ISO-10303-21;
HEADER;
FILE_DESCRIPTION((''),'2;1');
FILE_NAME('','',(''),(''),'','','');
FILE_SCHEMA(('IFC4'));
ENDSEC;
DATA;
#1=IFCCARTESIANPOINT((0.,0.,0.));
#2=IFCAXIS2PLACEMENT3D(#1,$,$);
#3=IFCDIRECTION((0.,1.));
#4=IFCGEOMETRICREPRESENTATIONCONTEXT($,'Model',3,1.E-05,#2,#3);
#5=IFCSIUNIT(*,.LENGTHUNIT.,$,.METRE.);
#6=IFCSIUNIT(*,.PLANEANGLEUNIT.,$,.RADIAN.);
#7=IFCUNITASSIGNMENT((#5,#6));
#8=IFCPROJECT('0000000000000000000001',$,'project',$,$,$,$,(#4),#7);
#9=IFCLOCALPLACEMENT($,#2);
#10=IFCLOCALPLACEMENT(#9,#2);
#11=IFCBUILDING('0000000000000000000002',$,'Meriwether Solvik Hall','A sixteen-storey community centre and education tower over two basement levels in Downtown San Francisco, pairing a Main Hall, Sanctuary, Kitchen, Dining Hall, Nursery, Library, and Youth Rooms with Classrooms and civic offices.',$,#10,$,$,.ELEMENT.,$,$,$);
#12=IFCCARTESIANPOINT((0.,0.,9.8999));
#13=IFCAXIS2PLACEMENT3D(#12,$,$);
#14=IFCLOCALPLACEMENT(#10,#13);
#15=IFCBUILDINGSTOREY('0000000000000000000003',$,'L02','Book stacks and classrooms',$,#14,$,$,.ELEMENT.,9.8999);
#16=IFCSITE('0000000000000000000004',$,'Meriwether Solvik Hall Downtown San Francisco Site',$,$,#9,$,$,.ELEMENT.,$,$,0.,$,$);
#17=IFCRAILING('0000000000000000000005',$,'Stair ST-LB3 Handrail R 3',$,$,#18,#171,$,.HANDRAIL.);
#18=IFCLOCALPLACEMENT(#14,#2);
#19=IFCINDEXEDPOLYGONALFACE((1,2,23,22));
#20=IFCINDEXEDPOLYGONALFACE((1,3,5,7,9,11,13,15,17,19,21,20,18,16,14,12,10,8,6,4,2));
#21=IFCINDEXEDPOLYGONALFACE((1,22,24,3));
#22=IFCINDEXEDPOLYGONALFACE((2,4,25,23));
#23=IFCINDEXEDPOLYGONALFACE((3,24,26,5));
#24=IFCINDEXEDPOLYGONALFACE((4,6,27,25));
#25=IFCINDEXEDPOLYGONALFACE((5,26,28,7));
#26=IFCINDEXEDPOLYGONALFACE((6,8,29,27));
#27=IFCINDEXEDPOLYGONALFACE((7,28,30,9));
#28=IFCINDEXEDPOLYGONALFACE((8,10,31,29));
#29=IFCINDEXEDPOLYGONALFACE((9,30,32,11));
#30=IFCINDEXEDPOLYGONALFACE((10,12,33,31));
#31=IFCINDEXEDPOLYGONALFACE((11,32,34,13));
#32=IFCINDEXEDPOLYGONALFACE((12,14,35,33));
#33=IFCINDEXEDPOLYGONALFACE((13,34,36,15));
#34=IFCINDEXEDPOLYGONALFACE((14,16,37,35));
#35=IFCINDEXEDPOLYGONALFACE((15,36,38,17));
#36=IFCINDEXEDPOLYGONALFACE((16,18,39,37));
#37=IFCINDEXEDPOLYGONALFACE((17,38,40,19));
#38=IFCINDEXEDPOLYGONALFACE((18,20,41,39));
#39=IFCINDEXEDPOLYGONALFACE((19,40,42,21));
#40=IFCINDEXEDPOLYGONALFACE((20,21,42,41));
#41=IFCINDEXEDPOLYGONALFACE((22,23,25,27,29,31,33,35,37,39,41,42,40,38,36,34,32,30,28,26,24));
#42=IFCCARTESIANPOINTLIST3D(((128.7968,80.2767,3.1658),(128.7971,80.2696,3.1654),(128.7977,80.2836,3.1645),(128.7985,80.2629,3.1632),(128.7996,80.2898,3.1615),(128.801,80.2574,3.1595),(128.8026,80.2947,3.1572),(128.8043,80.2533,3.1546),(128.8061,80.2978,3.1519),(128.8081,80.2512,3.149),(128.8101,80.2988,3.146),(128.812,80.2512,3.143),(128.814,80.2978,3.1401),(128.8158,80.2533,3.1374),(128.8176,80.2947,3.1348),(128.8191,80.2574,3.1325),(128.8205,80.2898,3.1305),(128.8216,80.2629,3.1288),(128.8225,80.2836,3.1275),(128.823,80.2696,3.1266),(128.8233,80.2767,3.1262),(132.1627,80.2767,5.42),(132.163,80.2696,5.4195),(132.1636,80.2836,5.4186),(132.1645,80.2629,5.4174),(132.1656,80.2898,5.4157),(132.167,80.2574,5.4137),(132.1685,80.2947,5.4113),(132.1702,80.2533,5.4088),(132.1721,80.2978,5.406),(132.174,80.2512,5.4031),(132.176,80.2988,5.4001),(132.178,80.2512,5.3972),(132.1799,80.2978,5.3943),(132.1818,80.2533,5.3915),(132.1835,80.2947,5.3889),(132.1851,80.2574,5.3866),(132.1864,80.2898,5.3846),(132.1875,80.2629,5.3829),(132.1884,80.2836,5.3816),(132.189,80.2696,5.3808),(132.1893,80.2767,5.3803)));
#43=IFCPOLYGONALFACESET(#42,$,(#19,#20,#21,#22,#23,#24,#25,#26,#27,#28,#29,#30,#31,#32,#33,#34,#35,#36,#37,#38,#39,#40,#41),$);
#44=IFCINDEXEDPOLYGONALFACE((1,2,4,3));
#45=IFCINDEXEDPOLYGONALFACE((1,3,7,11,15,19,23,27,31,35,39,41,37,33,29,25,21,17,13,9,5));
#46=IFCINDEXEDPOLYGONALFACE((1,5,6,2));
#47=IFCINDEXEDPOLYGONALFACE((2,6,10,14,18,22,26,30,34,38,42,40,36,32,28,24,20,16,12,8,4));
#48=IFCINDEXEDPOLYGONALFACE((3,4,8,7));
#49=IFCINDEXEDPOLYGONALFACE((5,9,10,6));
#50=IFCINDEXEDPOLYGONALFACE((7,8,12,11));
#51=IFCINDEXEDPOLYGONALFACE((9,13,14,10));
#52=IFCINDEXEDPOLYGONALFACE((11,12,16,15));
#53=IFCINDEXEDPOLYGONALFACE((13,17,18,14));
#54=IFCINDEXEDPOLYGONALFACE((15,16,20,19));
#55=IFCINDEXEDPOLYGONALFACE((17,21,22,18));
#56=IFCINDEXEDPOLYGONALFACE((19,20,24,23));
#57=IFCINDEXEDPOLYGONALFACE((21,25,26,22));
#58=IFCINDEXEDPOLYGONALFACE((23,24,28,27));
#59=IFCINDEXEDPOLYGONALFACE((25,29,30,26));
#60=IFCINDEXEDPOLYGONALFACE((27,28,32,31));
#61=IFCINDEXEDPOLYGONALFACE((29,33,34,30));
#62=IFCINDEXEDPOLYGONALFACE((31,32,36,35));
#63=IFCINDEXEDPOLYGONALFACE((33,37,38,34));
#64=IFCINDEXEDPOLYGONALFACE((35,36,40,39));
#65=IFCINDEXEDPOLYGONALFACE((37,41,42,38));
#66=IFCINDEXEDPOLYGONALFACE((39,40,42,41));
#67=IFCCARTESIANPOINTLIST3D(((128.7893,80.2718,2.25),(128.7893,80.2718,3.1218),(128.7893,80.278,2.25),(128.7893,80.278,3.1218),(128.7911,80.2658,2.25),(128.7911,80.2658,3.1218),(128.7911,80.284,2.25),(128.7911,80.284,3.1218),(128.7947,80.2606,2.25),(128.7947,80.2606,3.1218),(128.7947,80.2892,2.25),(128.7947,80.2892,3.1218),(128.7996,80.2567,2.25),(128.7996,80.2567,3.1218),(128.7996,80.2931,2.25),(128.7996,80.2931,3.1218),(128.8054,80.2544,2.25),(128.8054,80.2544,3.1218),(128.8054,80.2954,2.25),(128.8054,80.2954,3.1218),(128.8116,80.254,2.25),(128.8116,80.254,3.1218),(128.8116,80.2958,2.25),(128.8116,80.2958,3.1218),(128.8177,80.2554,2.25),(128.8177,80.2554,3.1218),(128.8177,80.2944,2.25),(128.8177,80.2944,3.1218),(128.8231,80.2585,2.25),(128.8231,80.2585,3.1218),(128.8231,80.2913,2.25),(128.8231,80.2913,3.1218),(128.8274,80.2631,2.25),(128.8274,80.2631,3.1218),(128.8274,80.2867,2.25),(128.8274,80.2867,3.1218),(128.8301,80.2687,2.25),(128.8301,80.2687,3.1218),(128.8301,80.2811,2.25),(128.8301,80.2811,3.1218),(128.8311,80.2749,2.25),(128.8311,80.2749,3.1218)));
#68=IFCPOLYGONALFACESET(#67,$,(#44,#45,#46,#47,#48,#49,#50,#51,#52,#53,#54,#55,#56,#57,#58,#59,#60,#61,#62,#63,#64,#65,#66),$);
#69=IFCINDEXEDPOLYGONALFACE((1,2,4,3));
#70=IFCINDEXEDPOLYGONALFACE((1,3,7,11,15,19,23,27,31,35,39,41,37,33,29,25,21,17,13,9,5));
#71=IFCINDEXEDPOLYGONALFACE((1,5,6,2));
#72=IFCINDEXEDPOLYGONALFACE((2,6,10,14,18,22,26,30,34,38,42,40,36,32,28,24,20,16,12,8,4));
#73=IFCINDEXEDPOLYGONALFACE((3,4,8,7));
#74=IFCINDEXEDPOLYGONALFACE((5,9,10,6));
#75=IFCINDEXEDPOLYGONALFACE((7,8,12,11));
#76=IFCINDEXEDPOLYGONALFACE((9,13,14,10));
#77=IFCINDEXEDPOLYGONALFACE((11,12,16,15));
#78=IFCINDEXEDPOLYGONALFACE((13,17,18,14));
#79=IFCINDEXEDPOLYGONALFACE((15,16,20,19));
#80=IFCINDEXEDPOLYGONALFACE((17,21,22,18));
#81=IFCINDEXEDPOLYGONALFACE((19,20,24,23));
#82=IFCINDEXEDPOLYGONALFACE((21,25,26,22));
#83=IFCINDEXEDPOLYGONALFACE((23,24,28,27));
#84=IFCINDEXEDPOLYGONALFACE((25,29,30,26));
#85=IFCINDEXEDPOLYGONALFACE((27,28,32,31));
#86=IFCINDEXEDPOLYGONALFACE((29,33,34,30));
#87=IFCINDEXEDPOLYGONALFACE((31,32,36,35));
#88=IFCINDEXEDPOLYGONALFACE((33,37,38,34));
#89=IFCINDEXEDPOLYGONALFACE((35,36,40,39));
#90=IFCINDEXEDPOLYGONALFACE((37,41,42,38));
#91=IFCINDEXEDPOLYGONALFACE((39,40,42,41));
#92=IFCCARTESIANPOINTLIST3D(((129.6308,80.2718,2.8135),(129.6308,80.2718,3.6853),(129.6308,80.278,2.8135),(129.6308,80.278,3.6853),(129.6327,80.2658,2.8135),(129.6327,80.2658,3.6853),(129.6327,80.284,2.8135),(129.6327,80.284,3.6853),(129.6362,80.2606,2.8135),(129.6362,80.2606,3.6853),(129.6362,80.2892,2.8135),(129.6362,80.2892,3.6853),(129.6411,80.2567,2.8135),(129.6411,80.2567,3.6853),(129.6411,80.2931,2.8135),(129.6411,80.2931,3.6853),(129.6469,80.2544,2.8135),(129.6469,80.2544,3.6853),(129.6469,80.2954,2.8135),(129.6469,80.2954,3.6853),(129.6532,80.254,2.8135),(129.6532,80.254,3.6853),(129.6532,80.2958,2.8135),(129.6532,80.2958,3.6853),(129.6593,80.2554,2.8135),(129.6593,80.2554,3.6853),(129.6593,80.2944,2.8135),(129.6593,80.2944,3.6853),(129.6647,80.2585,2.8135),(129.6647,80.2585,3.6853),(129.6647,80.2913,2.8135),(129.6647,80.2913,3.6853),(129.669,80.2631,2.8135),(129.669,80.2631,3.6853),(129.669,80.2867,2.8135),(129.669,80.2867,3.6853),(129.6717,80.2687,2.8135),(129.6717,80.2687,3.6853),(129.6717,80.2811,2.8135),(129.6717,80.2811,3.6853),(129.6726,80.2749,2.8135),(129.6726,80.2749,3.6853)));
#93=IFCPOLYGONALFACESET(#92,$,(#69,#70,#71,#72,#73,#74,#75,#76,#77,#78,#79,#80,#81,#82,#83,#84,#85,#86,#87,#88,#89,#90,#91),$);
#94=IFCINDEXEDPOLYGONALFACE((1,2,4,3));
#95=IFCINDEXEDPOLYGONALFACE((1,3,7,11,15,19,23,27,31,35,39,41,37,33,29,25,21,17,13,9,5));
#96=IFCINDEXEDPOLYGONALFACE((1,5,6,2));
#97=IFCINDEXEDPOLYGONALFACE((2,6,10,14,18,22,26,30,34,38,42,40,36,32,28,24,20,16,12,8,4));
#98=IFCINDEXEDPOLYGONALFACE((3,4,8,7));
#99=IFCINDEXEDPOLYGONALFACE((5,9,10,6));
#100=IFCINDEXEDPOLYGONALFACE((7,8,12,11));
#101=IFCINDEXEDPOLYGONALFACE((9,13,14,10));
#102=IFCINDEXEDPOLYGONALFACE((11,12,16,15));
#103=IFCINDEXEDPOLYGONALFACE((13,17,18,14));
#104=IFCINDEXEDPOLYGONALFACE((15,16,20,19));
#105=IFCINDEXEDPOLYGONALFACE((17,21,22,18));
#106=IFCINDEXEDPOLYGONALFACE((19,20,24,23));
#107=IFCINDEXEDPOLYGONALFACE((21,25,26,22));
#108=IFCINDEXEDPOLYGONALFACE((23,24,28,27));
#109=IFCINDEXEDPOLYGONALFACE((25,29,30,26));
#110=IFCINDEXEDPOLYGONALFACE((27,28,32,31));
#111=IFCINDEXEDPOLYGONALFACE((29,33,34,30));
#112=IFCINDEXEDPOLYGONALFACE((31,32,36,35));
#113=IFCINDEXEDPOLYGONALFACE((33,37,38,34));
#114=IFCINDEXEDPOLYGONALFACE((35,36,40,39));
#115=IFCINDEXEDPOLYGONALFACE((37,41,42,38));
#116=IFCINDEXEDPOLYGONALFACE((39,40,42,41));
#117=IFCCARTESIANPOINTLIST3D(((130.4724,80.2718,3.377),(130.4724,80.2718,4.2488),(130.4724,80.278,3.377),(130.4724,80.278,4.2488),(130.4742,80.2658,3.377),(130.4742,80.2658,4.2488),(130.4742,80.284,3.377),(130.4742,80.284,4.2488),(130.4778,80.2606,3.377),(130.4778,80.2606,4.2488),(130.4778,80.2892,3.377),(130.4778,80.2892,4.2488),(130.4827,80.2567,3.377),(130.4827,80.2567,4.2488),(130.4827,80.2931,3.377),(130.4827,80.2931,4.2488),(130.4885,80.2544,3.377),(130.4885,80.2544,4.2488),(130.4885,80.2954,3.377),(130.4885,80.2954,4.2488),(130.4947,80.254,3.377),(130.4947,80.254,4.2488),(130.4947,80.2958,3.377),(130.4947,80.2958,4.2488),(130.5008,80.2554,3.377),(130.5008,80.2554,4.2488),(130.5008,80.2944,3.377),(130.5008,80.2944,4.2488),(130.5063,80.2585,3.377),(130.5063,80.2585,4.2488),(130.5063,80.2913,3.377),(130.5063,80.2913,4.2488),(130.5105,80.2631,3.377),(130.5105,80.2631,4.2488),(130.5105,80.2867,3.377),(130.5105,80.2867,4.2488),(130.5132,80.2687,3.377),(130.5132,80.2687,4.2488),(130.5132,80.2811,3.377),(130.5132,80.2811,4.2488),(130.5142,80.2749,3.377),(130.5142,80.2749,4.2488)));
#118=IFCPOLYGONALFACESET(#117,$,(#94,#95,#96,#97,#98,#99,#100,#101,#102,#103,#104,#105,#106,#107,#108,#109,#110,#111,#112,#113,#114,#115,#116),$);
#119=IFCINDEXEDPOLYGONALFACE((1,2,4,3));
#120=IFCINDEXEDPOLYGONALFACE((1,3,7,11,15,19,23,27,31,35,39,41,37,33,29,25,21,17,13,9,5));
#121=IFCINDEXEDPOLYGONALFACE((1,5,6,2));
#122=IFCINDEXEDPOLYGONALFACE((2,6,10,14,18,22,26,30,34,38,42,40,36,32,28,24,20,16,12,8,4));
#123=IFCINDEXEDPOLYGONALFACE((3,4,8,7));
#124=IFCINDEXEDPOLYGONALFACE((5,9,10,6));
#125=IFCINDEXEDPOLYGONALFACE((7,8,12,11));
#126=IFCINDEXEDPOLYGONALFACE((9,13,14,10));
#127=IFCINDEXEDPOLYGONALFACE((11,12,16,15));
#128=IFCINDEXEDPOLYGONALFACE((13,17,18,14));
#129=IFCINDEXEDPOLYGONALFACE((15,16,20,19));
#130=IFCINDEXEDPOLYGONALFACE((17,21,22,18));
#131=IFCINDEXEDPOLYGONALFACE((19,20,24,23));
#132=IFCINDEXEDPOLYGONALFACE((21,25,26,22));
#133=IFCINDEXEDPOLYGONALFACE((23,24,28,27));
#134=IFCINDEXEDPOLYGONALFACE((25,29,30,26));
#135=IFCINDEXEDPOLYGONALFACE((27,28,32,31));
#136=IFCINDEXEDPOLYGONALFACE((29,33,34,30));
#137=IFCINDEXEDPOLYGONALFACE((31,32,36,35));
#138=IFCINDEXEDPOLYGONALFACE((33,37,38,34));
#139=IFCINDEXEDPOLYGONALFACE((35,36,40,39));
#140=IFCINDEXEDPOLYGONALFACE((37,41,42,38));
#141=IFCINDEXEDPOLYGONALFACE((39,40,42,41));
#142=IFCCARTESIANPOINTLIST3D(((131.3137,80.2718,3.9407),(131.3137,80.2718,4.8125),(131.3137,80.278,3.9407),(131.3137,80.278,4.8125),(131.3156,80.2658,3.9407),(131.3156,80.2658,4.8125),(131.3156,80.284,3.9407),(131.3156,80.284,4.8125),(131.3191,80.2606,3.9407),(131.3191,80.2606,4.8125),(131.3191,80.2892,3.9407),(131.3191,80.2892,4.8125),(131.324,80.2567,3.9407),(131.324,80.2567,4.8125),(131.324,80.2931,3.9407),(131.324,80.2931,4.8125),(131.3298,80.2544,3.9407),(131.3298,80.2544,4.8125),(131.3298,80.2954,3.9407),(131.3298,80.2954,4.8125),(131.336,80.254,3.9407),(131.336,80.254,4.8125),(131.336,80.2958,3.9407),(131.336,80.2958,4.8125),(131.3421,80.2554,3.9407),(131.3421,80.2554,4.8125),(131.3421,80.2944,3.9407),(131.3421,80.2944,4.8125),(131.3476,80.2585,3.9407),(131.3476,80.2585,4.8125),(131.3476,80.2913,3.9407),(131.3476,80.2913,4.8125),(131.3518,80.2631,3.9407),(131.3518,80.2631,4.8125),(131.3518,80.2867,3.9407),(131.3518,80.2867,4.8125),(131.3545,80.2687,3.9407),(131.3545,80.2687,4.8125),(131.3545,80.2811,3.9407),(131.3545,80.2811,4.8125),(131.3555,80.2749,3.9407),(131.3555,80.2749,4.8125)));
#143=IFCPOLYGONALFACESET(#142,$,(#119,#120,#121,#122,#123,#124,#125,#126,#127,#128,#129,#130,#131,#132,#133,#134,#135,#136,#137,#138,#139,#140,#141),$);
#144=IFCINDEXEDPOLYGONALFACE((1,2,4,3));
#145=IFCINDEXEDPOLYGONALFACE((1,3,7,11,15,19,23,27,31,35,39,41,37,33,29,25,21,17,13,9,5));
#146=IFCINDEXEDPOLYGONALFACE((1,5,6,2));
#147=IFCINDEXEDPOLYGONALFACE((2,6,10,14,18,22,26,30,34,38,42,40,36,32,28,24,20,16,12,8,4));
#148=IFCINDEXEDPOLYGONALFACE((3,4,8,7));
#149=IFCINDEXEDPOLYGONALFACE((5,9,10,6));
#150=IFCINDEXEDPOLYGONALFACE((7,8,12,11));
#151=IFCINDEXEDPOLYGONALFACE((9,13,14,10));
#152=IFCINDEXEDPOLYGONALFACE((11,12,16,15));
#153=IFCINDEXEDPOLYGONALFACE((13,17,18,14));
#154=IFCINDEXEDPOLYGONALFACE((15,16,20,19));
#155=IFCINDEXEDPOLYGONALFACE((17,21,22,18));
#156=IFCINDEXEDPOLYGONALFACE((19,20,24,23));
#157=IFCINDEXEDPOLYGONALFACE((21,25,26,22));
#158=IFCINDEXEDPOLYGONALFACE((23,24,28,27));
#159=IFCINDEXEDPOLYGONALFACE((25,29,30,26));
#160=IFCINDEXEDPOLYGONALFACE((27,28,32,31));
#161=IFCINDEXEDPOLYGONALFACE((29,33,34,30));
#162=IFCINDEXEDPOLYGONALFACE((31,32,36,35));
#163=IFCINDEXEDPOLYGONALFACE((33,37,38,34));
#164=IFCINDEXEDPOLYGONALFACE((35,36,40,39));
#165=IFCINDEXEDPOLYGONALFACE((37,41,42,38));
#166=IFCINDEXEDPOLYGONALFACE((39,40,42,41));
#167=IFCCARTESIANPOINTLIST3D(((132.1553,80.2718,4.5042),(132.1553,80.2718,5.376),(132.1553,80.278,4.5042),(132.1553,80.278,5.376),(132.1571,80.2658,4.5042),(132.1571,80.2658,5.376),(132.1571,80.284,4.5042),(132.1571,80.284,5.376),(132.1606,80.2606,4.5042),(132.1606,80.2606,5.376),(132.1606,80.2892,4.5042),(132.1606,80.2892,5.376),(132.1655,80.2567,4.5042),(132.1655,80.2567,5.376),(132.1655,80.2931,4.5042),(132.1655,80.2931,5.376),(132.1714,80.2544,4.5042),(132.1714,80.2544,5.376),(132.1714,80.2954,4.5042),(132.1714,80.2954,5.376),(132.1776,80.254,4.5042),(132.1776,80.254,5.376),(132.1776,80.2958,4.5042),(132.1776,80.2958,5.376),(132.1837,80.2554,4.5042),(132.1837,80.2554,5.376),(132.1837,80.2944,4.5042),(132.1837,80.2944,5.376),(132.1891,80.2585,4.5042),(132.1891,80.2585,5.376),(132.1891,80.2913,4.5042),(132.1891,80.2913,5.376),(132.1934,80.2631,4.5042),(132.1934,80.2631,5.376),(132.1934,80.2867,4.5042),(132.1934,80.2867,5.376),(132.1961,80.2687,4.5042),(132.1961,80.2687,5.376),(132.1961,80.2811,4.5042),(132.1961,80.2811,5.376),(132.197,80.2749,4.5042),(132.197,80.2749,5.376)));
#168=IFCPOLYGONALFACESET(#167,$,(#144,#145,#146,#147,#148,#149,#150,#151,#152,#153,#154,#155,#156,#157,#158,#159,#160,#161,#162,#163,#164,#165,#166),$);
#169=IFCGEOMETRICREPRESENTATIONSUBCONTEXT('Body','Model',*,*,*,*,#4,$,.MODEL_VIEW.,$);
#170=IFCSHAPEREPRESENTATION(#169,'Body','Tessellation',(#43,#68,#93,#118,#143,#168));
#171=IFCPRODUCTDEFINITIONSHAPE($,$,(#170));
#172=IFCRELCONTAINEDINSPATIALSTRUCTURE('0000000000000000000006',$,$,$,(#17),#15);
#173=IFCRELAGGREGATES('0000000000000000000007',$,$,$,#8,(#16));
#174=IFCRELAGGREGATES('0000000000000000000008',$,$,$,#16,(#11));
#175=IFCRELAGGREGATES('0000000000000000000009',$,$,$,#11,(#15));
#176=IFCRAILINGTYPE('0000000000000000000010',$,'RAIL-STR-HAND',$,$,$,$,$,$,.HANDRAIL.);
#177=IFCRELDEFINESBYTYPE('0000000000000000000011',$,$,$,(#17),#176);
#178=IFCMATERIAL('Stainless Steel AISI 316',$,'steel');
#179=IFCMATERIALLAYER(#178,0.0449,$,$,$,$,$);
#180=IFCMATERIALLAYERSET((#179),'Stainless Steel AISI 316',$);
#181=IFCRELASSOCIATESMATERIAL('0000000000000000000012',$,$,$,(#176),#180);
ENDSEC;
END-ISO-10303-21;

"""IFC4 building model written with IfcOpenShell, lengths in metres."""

from ifc_helpers import new_model, si_unit, direction, frame, origin, origin_2d, place, context, subcontext, project, spatial, circle, extrude, material, layer, layer_set, type_object, element, save


model = new_model("IFC4")

# Units and contexts
model_context = context("Model", 3, precision=1e-05, world=origin(), true_north=direction((0.0, 1.0)))
body_context = subcontext(model_context, "Body", "Model", "MODEL_VIEW")
ifc_project = project(units=[si_unit("LENGTHUNIT", "METRE"), si_unit("PLANEANGLEUNIT", "RADIAN")], contexts=[model_context])

# Site, building, storey
site_placement = place(None, origin())
site = spatial("IfcSite", under=ifc_project, at=site_placement, Name="Meriwether Solvik Hall Downtown San Francisco Site", CompositionType="ELEMENT", RefElevation=0.0)
building_placement = place(site_placement, origin())
building = spatial("IfcBuilding", under=site, at=building_placement, Name="Meriwether Solvik Hall", Description="A sixteen-storey community centre and education tower over two basement levels in Downtown San Francisco, pairing a Main Hall, Sanctuary, Kitchen, Dining Hall, Nursery, Library, and Youth Rooms with Classrooms and civic offices.", CompositionType="ELEMENT")
storey_placement = place(building_placement, frame((0.0, 0.0, 9.8999)))
storey = spatial("IfcBuildingStorey", under=building, at=storey_placement, Name="L02", Description="Book stacks and classrooms", CompositionType="ELEMENT", Elevation=9.8999)

# Railing
ifc_material_1 = material(Name="Stainless Steel AISI 316", Category="steel")
ifc_layer_1 = layer(ifc_material_1, 0.0449)
ifc_layer_set_1 = layer_set([ifc_layer_1], Name="Stainless Steel AISI 316")
railing_type_1 = type_object("IfcRailingType", Name="RAIL-STR-HAND", PredefinedType="HANDRAIL", material=ifc_layer_set_1)
railing_1_placement = place(storey_placement, frame((128.8101, 80.2749, 2.25)))
element("IfcRailing", 1, at=railing_1_placement, inside=storey, type_object=railing_type_1, Name="Stair ST-LB3 Handrail R 3", PredefinedType="HANDRAIL", context=body_context, shape_type="SweptSolid", body=[
    extrude(circle(Radius=0.0239, at=origin_2d()), frame((0.0, 0.0, 0.896), z_axis=(0.83089, 0.0, 0.556437), x_axis=(0.0, 1.0, 0.0)), (0.0, 0.0, 1.0), 4.051),
    extrude(circle(Radius=0.021, at=origin_2d()), origin(), (0.0, 0.0, 1.0), 0.8718),
    extrude(circle(Radius=0.021, at=origin_2d()), frame((0.8416, 0.0, 0.5635)), (0.0, 0.0, 1.0), 0.8718),
    extrude(circle(Radius=0.021, at=origin_2d()), frame((1.6831, 0.0, 1.127)), (0.0, 0.0, 1.0), 0.8718),
    extrude(circle(Radius=0.021, at=origin_2d()), frame((2.5244, 0.0, 1.6907)), (0.0, 0.0, 1.0), 0.8718),
    extrude(circle(Radius=0.021, at=origin_2d()), frame((3.366, 0.0, 2.2542)), (0.0, 0.0, 1.0), 0.8718),
])

save(model, "model.ifc")
